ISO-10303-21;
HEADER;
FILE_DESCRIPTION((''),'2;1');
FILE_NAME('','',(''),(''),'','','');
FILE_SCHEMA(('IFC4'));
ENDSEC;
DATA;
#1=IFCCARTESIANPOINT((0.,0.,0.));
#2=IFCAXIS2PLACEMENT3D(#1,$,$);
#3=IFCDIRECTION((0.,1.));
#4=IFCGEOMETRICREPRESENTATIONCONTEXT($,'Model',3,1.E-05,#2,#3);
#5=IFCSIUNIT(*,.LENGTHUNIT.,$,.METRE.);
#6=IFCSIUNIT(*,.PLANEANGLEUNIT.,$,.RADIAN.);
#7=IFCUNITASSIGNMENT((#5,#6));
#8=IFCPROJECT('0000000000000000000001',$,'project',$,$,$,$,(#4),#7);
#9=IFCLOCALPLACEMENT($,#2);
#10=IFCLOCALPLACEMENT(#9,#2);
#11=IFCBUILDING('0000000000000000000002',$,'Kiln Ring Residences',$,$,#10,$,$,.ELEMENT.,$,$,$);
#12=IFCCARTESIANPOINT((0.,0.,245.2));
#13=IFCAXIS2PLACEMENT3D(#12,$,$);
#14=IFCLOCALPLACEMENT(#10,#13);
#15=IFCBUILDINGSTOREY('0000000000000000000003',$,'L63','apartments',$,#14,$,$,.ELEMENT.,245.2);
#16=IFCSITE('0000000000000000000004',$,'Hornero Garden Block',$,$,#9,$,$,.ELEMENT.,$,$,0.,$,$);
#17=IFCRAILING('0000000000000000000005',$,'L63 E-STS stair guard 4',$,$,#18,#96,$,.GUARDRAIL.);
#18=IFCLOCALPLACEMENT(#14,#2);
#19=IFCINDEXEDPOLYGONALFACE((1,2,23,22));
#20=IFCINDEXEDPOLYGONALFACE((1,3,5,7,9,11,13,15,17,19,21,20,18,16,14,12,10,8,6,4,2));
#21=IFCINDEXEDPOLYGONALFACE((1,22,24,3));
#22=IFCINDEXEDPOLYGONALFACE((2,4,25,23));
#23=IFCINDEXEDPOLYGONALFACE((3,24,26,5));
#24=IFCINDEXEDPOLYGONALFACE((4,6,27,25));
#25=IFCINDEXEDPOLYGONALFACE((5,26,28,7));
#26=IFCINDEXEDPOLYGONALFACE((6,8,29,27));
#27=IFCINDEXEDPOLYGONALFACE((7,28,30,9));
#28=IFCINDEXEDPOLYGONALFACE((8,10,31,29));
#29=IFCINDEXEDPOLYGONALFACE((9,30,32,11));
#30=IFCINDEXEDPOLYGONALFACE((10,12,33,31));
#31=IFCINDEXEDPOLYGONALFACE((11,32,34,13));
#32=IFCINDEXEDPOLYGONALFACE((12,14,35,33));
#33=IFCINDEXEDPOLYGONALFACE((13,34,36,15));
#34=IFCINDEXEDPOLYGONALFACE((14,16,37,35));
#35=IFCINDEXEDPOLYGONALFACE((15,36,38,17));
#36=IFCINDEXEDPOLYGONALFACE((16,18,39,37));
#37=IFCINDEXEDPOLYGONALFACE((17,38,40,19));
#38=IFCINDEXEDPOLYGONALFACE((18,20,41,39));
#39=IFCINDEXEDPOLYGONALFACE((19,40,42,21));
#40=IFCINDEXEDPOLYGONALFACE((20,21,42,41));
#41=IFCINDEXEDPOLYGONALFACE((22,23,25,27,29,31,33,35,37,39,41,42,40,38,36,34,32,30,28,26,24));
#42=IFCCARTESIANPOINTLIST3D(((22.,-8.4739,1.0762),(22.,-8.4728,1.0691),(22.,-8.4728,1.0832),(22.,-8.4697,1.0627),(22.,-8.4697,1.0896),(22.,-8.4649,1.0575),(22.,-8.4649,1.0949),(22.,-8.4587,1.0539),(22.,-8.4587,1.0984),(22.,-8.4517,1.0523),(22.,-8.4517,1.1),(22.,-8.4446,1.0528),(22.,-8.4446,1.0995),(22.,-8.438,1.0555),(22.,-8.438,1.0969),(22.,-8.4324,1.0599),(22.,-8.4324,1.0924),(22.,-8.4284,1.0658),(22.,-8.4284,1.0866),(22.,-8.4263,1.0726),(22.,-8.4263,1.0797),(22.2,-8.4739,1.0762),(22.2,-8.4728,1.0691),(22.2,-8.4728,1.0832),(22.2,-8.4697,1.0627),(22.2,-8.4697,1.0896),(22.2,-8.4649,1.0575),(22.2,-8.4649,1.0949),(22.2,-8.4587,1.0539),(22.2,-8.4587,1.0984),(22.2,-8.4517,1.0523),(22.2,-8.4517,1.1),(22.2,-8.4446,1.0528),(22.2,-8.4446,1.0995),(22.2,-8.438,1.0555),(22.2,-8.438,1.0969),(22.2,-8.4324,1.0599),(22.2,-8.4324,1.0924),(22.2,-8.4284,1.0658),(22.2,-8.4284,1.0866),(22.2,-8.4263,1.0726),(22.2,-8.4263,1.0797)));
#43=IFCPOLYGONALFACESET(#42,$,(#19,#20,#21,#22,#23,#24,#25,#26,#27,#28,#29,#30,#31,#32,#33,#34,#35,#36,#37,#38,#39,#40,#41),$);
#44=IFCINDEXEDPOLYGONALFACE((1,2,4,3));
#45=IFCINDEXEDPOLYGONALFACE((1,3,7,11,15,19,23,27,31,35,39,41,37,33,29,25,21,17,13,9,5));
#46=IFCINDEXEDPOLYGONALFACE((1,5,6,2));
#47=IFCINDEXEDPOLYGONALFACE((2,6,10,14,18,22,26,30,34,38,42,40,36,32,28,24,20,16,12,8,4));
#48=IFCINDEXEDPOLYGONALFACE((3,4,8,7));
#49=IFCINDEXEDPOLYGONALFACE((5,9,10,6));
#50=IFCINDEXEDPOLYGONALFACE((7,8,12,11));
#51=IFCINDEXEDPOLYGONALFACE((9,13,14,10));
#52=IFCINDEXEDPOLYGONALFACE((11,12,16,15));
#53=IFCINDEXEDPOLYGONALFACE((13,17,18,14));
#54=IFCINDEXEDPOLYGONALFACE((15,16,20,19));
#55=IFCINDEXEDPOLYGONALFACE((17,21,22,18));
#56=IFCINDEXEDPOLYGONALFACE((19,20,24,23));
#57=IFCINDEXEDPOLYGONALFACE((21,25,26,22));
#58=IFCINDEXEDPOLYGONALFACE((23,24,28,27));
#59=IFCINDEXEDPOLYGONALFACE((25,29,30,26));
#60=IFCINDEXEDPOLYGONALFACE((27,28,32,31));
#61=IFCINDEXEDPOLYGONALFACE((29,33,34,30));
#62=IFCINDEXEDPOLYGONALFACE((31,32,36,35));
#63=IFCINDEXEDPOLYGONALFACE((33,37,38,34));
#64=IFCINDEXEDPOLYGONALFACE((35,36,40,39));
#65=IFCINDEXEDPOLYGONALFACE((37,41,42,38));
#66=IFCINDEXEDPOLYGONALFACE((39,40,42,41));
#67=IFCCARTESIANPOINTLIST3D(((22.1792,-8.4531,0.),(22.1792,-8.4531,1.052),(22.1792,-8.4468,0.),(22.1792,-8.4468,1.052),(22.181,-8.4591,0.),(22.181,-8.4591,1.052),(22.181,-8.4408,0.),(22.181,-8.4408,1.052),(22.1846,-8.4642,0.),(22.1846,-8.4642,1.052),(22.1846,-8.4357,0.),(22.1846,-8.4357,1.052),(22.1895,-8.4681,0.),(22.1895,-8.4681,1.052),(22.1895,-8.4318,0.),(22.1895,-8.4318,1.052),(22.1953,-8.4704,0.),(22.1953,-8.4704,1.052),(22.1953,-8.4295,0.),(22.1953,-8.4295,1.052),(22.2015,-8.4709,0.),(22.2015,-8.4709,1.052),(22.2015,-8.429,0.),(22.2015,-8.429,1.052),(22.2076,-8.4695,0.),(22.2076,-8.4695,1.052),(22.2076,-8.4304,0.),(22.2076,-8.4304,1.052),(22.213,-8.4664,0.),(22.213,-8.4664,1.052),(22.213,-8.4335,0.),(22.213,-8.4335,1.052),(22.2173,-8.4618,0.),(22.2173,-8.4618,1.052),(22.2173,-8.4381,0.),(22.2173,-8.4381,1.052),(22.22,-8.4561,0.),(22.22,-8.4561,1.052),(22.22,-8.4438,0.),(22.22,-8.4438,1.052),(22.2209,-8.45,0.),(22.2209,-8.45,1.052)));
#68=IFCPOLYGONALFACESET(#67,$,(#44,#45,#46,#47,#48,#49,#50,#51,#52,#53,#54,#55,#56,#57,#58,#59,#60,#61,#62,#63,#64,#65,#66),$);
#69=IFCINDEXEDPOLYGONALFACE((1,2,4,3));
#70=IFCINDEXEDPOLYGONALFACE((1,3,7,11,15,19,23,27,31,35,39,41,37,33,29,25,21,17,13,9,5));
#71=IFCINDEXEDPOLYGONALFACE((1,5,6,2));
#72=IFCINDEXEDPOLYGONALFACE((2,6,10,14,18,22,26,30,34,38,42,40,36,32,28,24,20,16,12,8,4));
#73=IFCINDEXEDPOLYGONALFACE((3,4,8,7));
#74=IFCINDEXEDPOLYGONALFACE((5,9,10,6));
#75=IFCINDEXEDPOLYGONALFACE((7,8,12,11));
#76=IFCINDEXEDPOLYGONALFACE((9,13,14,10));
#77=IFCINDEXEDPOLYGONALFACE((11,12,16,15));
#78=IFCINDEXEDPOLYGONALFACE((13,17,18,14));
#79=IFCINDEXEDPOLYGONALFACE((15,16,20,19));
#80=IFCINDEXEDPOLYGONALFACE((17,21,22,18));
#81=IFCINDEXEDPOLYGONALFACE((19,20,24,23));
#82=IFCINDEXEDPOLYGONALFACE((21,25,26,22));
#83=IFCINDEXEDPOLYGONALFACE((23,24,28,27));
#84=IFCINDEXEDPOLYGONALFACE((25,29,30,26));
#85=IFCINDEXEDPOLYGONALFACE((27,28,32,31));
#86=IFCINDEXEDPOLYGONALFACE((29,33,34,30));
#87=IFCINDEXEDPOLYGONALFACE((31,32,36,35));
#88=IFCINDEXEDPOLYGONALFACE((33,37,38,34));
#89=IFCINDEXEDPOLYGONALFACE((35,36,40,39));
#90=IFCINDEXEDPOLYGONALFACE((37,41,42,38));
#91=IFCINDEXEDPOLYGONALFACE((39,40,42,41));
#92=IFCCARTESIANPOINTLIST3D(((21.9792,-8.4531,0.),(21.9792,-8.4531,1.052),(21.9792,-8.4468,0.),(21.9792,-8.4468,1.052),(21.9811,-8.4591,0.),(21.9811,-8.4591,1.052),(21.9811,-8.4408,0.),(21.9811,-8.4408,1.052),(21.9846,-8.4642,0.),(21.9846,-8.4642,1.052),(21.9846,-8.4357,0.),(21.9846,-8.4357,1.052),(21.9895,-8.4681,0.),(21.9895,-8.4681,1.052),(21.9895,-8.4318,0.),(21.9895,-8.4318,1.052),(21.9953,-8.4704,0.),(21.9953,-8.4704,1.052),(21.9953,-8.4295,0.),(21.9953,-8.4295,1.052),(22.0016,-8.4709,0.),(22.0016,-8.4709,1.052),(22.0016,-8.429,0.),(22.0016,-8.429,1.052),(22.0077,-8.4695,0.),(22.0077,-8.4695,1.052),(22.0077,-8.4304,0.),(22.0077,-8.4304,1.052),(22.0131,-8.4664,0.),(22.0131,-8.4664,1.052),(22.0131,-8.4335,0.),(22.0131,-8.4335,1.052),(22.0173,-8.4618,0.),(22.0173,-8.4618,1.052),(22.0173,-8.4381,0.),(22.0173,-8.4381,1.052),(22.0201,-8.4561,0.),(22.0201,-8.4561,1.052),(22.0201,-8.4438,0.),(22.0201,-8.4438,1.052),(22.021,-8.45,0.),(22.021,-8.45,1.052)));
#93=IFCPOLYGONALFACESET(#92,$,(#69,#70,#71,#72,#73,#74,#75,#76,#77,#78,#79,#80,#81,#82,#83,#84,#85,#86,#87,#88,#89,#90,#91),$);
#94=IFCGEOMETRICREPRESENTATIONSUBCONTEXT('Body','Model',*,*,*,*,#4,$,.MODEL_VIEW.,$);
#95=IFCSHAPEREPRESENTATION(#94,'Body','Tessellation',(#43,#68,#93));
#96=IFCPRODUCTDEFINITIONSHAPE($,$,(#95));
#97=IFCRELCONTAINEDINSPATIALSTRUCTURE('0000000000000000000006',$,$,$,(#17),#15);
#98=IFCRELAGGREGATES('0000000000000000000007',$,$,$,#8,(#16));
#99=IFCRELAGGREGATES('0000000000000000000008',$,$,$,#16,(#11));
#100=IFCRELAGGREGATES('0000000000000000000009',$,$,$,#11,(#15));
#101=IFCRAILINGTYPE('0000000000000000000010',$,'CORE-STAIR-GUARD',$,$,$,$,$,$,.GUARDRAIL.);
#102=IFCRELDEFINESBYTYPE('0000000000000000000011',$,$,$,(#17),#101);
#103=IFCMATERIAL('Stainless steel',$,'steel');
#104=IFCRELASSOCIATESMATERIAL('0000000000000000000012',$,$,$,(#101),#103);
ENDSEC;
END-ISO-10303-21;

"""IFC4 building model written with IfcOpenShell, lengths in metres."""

from ifc_helpers import new_model, si_unit, direction, frame, origin, origin_2d, place, context, subcontext, project, spatial, circle, extrude, material, type_object, element, save


model = new_model("IFC4")

# Units and contexts
model_context = context("Model", 3, precision=1e-05, world=origin(), true_north=direction((0.0, 1.0)))
body_context = subcontext(model_context, "Body", "Model", "MODEL_VIEW")
ifc_project = project(units=[si_unit("LENGTHUNIT", "METRE"), si_unit("PLANEANGLEUNIT", "RADIAN")], contexts=[model_context])

# Site, building, storey
site_placement = place(None, origin())
site = spatial("IfcSite", under=ifc_project, at=site_placement, Name="Hornero Garden Block", CompositionType="ELEMENT", RefElevation=0.0)
building_placement = place(site_placement, origin())
building = spatial("IfcBuilding", under=site, at=building_placement, Name="Kiln Ring Residences", CompositionType="ELEMENT")
storey_placement = place(building_placement, frame((0.0, 0.0, 245.2)))
storey = spatial("IfcBuildingStorey", under=building, at=storey_placement, Name="L63", Description="apartments", CompositionType="ELEMENT", Elevation=245.2)

# Railing
ifc_material_1 = material(Name="Stainless steel", Category="steel")
railing_type_1 = type_object("IfcRailingType", Name="CORE-STAIR-GUARD", PredefinedType="GUARDRAIL", material=ifc_material_1)
railing_1_placement = place(storey_placement, frame((22.2, -8.45, 0.0)))
element("IfcRailing", 1, at=railing_1_placement, inside=storey, type_object=railing_type_1, Name="L63 E-STS stair guard 4", PredefinedType="GUARDRAIL", context=body_context, shape_type="SweptSolid", body=[
    extrude(circle(Radius=0.0239, at=origin_2d()), frame((0.0, 0.0, 1.0762), z_axis=(-1.0, 0.0, 0.0), x_axis=(0.0, -1.0, 0.0)), (0.0, 0.0, 1.0), 0.2),
    extrude(circle(Radius=0.021, at=origin_2d()), origin(), (0.0, 0.0, 1.0), 1.052),
    extrude(circle(Radius=0.021, at=origin_2d()), frame((-0.2, 0.0, 0.0)), (0.0, 0.0, 1.0), 1.052),
])

save(model, "model.ifc")
